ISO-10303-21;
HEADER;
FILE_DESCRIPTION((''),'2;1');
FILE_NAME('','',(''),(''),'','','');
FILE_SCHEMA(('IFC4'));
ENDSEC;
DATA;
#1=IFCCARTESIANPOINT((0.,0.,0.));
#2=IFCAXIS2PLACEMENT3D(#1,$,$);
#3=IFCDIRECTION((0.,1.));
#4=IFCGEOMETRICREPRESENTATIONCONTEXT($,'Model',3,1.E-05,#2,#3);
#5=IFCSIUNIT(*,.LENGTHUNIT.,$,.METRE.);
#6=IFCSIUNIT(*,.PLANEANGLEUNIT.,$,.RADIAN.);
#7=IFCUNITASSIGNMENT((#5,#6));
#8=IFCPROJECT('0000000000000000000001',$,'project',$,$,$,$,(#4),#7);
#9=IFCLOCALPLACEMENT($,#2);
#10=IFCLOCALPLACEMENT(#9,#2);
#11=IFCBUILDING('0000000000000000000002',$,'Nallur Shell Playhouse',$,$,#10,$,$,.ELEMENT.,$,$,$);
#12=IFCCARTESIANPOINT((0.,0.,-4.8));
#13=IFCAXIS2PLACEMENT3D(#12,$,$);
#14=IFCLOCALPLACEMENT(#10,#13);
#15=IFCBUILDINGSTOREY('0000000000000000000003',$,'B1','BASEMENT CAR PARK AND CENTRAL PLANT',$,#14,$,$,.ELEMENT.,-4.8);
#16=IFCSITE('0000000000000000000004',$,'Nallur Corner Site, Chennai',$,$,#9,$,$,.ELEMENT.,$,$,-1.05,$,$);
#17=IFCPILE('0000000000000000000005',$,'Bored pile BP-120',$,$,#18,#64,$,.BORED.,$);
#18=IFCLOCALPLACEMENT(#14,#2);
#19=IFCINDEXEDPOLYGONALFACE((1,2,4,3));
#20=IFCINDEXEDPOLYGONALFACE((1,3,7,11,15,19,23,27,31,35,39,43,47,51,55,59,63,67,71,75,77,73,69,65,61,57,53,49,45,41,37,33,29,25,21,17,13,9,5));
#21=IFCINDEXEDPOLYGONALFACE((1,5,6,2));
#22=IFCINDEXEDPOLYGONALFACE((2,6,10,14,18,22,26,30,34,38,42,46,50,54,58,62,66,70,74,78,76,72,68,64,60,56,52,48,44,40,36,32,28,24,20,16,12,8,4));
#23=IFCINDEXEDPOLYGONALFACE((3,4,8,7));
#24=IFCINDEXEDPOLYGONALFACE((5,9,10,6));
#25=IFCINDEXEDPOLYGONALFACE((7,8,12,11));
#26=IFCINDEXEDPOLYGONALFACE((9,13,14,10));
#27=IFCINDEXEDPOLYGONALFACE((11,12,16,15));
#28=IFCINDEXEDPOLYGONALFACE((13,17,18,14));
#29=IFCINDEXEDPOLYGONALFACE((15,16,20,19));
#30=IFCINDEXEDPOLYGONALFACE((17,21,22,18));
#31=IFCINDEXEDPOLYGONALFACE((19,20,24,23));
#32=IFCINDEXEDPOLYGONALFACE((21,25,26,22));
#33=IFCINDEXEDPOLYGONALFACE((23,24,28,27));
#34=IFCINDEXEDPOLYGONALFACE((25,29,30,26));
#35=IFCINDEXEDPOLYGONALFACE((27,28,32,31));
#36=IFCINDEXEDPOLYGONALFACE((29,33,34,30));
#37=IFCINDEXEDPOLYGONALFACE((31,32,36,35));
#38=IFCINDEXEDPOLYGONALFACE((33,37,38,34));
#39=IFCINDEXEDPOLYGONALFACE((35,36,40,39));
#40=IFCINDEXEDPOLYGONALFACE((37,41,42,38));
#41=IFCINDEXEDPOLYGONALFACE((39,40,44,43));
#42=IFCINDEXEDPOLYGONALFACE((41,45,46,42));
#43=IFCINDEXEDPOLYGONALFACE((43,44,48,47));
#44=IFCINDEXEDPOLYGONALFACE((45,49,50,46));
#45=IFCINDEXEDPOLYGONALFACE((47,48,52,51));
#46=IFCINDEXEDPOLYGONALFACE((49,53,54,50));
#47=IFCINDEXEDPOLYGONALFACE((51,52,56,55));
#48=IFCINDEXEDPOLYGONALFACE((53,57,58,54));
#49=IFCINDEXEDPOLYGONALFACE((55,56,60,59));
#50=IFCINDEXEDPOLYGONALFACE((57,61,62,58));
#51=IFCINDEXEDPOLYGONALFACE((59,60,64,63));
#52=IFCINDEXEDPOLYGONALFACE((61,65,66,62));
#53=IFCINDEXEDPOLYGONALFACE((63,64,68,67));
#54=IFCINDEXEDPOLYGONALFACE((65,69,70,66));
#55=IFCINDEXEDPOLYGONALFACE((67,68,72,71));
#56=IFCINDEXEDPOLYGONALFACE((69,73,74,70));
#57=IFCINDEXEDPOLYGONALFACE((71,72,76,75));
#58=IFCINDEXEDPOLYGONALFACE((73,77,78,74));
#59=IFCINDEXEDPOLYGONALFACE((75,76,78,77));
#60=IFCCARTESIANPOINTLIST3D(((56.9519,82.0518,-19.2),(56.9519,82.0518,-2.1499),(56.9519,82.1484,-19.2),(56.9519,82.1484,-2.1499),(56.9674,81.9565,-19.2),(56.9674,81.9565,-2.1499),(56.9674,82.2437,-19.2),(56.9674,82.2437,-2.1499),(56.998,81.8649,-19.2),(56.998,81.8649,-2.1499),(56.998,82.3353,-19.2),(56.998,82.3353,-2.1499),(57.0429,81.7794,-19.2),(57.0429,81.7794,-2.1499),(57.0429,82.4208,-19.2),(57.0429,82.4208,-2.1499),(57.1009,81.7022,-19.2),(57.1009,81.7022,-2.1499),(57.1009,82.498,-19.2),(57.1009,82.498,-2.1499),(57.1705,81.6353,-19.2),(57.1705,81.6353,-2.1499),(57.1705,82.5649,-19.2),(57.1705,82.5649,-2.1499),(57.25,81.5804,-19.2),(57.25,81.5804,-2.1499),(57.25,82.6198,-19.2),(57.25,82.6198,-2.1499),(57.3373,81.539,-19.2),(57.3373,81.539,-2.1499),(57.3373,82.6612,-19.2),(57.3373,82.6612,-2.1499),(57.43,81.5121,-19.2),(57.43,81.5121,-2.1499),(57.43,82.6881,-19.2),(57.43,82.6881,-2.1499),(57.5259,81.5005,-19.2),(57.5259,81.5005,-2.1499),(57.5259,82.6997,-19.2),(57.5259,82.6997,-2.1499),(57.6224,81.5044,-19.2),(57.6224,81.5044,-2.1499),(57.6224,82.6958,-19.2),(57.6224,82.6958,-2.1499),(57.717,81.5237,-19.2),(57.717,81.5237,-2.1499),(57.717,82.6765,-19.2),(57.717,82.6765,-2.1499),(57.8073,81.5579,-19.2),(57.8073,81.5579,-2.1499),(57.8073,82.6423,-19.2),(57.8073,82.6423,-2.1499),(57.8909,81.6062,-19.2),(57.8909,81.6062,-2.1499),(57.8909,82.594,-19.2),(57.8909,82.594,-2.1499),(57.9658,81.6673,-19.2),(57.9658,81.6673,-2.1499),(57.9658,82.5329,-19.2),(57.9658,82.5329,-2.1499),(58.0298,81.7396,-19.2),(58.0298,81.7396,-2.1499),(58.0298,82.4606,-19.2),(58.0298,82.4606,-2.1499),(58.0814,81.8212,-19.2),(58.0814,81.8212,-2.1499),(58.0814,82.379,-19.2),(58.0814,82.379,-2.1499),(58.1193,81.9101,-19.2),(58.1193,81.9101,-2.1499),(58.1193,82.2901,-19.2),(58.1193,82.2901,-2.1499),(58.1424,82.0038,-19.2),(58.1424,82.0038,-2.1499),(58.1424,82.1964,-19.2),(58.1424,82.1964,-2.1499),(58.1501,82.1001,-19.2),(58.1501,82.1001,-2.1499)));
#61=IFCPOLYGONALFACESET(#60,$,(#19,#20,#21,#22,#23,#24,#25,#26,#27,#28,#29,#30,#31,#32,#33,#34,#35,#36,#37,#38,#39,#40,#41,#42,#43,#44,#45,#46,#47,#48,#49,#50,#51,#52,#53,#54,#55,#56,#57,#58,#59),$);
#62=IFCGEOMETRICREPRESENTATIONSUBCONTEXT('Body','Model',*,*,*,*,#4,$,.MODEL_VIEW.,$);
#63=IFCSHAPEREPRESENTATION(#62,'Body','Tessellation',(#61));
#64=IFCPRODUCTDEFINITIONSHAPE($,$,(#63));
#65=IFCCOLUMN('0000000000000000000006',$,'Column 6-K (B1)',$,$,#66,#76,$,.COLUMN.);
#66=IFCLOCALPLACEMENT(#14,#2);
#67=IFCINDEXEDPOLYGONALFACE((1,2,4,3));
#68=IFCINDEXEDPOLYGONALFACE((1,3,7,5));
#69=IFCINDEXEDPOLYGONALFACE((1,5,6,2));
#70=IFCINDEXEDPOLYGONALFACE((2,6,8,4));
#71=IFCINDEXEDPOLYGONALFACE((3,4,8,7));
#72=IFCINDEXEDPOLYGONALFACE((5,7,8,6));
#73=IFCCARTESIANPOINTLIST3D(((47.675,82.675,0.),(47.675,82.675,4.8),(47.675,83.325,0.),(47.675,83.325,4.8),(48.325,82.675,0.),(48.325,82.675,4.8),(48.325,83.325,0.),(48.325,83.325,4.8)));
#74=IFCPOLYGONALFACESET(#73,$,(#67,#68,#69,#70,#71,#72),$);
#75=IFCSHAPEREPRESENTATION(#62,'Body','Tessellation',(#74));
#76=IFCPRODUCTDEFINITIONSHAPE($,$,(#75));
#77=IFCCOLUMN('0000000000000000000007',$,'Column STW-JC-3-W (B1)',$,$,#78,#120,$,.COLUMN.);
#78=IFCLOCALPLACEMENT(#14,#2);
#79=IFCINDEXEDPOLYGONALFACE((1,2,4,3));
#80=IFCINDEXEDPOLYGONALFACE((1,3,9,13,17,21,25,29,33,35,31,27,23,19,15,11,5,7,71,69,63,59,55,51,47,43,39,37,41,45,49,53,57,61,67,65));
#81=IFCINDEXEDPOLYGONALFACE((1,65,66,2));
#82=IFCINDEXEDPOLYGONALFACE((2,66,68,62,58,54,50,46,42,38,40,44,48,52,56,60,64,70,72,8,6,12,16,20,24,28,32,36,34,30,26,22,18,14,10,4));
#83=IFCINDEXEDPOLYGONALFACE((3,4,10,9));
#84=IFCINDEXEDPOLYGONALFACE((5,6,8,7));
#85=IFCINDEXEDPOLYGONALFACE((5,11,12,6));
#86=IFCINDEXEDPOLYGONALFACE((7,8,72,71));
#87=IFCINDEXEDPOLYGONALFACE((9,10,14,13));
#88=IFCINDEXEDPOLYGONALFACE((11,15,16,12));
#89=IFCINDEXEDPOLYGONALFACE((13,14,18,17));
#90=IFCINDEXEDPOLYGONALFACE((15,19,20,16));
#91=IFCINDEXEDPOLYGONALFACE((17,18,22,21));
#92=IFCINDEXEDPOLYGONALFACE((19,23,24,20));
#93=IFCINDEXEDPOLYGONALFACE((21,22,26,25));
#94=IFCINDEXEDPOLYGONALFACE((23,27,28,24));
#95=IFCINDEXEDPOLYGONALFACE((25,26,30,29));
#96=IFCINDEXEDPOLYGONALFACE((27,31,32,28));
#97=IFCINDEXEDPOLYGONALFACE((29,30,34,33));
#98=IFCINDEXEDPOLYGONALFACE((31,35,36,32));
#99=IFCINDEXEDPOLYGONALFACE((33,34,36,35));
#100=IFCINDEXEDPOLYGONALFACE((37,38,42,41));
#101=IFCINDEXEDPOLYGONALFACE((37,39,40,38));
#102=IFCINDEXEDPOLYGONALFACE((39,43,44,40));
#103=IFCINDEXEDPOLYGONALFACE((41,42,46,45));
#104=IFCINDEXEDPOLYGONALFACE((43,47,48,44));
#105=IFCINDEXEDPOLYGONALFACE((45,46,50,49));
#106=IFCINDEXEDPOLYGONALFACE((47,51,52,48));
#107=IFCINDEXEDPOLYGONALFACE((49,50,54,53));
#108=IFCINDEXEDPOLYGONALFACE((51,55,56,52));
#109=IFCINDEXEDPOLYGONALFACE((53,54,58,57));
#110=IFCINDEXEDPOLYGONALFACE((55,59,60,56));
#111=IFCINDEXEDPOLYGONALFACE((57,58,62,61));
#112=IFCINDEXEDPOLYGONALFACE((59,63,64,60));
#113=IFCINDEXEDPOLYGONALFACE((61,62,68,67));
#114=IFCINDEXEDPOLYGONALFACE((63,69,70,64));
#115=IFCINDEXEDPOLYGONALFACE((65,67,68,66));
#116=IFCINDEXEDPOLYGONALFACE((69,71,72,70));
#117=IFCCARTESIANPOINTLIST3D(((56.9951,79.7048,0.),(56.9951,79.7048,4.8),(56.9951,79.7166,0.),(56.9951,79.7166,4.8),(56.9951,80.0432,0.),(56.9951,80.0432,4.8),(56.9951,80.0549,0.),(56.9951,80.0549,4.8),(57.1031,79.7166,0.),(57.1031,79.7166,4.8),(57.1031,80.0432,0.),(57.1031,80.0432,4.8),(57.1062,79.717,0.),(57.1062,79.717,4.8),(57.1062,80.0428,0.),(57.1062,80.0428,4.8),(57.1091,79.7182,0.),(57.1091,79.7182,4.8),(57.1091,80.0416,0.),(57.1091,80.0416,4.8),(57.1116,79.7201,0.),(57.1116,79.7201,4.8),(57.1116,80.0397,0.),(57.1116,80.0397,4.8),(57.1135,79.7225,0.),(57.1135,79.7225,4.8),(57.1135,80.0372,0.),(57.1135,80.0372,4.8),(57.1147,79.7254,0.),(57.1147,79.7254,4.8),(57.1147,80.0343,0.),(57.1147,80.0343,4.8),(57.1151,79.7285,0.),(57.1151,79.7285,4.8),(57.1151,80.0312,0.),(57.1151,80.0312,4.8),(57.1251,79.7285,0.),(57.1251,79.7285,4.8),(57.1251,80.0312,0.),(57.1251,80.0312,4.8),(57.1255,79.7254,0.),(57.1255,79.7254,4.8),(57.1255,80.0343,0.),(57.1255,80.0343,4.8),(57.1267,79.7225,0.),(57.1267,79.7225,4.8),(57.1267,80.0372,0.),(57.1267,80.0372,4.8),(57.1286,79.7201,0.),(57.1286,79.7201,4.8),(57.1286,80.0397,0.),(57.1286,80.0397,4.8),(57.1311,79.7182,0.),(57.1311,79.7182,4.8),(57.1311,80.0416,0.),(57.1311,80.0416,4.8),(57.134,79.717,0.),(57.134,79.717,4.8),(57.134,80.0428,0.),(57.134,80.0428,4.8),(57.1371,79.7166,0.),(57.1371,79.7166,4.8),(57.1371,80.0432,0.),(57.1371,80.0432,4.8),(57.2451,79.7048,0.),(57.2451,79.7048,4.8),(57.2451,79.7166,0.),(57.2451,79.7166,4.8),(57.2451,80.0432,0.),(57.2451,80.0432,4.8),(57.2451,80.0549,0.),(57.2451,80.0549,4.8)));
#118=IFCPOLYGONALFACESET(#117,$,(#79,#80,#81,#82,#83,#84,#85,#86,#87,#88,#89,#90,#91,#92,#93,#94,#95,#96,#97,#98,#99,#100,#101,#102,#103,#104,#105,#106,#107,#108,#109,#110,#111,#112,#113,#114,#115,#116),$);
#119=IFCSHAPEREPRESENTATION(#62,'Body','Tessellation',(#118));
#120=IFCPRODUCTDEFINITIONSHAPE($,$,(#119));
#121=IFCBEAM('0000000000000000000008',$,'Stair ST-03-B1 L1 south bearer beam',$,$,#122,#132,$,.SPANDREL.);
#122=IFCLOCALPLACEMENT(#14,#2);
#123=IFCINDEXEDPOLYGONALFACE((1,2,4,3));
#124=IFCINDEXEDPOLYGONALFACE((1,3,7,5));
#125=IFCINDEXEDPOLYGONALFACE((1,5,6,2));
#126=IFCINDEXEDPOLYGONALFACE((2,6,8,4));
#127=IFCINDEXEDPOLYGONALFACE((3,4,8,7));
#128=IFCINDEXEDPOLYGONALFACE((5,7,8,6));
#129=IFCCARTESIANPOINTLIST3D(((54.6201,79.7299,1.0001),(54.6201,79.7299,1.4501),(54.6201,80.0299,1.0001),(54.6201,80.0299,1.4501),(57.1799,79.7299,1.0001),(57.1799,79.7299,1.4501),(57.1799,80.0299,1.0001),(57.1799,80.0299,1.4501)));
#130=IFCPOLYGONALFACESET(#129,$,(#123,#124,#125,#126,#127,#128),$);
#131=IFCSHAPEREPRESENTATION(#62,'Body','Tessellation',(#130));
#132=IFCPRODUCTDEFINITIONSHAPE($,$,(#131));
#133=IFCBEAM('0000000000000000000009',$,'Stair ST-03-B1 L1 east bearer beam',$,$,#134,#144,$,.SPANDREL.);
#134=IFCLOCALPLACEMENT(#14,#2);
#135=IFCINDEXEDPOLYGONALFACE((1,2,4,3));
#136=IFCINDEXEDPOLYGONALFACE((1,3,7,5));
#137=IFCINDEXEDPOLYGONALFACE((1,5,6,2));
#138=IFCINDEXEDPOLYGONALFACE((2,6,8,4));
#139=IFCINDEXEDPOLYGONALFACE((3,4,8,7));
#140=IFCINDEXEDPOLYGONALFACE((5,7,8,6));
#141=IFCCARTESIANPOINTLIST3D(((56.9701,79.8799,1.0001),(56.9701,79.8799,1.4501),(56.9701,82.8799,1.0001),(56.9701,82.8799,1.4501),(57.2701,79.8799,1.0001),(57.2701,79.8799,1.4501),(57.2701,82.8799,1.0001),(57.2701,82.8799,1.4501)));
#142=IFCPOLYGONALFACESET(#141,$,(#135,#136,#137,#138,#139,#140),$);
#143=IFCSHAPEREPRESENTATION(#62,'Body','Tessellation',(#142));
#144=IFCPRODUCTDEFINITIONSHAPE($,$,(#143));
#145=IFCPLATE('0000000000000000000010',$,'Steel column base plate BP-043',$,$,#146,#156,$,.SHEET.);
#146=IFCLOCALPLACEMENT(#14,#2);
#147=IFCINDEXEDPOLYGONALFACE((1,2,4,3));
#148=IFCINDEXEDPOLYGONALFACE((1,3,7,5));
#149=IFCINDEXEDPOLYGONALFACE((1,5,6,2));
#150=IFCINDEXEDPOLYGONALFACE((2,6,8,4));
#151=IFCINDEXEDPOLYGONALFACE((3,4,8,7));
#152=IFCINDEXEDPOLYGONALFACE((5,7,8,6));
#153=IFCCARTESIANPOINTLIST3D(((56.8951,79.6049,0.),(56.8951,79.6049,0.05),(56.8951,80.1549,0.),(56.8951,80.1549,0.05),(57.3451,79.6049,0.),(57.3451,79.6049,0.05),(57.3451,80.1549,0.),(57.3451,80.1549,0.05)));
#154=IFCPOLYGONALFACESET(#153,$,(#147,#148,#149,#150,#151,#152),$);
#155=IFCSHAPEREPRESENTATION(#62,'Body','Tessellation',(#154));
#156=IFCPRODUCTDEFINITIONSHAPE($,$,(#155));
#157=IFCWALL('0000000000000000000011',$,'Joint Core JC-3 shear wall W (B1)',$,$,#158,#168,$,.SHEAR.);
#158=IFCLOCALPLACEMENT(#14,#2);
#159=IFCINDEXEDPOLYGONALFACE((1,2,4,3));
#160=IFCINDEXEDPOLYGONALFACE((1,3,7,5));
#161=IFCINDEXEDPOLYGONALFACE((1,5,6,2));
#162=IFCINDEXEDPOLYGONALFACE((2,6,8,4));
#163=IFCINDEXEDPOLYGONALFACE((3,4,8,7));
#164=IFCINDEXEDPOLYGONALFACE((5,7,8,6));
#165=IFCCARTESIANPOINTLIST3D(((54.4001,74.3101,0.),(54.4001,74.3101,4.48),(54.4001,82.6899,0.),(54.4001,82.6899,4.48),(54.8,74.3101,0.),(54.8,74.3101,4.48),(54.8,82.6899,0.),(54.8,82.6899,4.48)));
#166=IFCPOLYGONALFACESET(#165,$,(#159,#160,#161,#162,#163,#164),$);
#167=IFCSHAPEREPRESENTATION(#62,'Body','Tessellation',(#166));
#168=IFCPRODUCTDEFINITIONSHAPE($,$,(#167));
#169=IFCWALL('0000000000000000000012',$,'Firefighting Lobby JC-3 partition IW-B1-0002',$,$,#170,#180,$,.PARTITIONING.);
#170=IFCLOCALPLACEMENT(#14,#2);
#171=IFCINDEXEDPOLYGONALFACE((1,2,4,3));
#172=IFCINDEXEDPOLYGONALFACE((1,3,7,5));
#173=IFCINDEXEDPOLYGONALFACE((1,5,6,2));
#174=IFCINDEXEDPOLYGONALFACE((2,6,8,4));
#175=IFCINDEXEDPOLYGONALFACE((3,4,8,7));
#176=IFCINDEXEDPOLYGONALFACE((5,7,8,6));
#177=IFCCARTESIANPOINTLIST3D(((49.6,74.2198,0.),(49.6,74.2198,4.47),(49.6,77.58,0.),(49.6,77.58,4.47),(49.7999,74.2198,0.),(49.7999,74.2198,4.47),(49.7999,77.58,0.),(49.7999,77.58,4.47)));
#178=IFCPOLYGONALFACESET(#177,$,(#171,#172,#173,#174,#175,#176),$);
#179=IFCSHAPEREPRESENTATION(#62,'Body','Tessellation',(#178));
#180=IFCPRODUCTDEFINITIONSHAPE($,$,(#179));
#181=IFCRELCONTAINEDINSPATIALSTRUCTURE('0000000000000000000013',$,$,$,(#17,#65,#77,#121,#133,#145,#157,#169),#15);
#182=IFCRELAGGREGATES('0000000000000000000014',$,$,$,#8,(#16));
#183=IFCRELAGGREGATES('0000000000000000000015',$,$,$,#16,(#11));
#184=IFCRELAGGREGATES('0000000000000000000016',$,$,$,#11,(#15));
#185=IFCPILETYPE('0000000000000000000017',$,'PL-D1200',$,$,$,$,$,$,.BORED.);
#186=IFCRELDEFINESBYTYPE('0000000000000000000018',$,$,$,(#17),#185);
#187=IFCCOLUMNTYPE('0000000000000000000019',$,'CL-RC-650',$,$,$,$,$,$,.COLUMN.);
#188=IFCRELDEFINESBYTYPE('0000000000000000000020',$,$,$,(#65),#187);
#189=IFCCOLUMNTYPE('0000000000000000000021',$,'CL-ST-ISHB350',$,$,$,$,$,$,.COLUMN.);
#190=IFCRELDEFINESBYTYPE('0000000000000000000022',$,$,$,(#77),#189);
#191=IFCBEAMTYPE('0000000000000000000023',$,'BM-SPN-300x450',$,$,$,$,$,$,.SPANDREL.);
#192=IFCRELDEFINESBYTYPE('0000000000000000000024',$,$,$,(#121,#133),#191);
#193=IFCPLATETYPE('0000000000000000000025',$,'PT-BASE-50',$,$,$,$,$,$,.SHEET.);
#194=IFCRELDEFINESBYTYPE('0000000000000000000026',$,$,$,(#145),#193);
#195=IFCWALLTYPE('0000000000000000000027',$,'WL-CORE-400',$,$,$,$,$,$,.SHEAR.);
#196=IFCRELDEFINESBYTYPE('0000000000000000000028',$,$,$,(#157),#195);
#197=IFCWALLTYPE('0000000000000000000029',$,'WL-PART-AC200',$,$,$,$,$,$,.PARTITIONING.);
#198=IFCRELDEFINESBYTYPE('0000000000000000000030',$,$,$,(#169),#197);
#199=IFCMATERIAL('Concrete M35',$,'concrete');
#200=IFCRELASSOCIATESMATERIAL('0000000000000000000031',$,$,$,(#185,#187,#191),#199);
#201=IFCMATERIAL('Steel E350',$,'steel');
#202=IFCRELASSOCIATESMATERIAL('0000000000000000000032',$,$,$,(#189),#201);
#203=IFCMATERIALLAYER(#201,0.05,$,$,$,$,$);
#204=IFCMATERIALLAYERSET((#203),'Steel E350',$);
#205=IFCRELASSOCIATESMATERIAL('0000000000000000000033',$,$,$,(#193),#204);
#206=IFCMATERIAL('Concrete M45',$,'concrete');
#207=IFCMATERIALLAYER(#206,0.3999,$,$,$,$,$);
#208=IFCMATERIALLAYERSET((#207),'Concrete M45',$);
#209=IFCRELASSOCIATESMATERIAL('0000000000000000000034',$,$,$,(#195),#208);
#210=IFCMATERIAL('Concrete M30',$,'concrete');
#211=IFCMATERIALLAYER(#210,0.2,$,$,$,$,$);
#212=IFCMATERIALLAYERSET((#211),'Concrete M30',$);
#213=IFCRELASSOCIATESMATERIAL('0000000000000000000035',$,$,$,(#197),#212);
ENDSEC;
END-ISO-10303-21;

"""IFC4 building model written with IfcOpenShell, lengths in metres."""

from ifc_helpers import new_model, si_unit, direction, frame, frame_2d, origin, origin_2d, place, context, subcontext, project, spatial, rectangle, circle, i_section, extrude, material, layer, layer_set, material_profile, profile_set, type_object, element, save


model = new_model("IFC4")

# Units and contexts
model_context = context("Model", 3, precision=1e-05, world=origin(), true_north=direction((0.0, 1.0)))
body_context = subcontext(model_context, "Body", "Model", "MODEL_VIEW")
ifc_project = project(units=[si_unit("LENGTHUNIT", "METRE"), si_unit("PLANEANGLEUNIT", "RADIAN")], contexts=[model_context])

# Site, building, storey
site_placement = place(None, origin())
site = spatial("IfcSite", under=ifc_project, at=site_placement, Name="Nallur Corner Site, Chennai", CompositionType="ELEMENT", RefElevation=-1.05)
building_placement = place(site_placement, origin())
building = spatial("IfcBuilding", under=site, at=building_placement, Name="Nallur Shell Playhouse", CompositionType="ELEMENT")
storey_placement = place(building_placement, frame((0.0, 0.0, -4.8)))
storey = spatial("IfcBuildingStorey", under=building, at=storey_placement, Name="B1", Description="BASEMENT CAR PARK AND CENTRAL PLANT", CompositionType="ELEMENT", Elevation=-4.8)

# Shared definitions
ifc_material_1 = material(Name="Concrete M35", Category="concrete")

# Pile
ifc_material_profile_1 = material_profile(ifc_material_1, circle(Radius=0.6001, at=origin_2d()), Name="BORED PILE D1200")
ifc_profile_set_1 = profile_set([ifc_material_profile_1], Name="Concrete M35")
pile_type = type_object("IfcPileType", Name="PL-D1200", PredefinedType="BORED", material=ifc_profile_set_1)
for number, where, z_axis, x_axis, name in (
    (1, (57.55, 82.1001, -2.1499), (0.0, 0.0, -1.0), (1.0, 0.0, 0.0), "Bored pile BP-120"),
):
    element("IfcPile", number, at=place(storey_placement, frame(where, z_axis=z_axis, x_axis=x_axis)), inside=storey, type_object=pile_type, Name=name, PredefinedType="BORED", context=body_context, shape_type="SweptSolid", body=[
        extrude(circle(Radius=0.6001, at=origin_2d()), origin(), (0.0, 0.0, 1.0), 17.05),
    ])

# Columns
ifc_material_profile_2 = material_profile(ifc_material_1, rectangle(XDim=0.6499, YDim=0.6499, at=origin_2d()), Name="RC 650x650")
ifc_profile_set_2 = profile_set([ifc_material_profile_2], Name="Concrete M35")
column_type_1 = type_object("IfcColumnType", Name="CL-RC-650", PredefinedType="COLUMN", material=ifc_profile_set_2)
column_1_placement = place(storey_placement, frame((48.0, 83.0, 0.0), z_axis=(0.0, 0.0, 1.0), x_axis=(1.0, 0.0, 0.0)))
element("IfcColumn", 2, at=column_1_placement, inside=storey, type_object=column_type_1, Name="Column 6-K (B1)", PredefinedType="COLUMN", context=body_context, shape_type="SweptSolid", body=[
    extrude(rectangle(XDim=0.6499, YDim=0.6499, at=origin_2d()), origin(), (0.0, 0.0, 1.0), 4.8),
])
ifc_material_2 = material(Name="Steel E350", Category="steel")
ifc_material_profile_3 = material_profile(ifc_material_2, i_section(OverallWidth=0.25, OverallDepth=0.3501, WebThickness=0.01, FlangeThickness=0.0117, FilletRadius=0.012, at=origin_2d()), Name="ISHB 350")
ifc_profile_set_3 = profile_set([ifc_material_profile_3], Name="Steel E350")
column_type_2 = type_object("IfcColumnType", Name="CL-ST-ISHB350", PredefinedType="COLUMN", material=ifc_profile_set_3)
column_2_placement = place(storey_placement, frame((57.1201, 79.8799, 0.0), z_axis=(0.0, 0.0, 1.0), x_axis=(1.0, 0.0, 0.0)))
element("IfcColumn", 3, at=column_2_placement, inside=storey, type_object=column_type_2, Name="Column STW-JC-3-W (B1)", PredefinedType="COLUMN", context=body_context, shape_type="SweptSolid", body=[
    extrude(i_section(OverallWidth=0.25, OverallDepth=0.3501, WebThickness=0.01, FlangeThickness=0.0117, FilletRadius=0.012, at=origin_2d()), origin(), (0.0, 0.0, 1.0), 4.8),
])

# Beams
ifc_material_profile_4 = material_profile(ifc_material_1, rectangle(XDim=0.3, YDim=0.45, at=origin_2d()), Name="RC 300x450")
ifc_profile_set_4 = profile_set([ifc_material_profile_4], Name="Concrete M35")
beam_type = type_object("IfcBeamType", Name="BM-SPN-300x450", PredefinedType="SPANDREL", material=ifc_profile_set_4)
beam_1_placement = place(storey_placement, frame((54.6201, 79.8799, 1.2251), z_axis=(1.0, 0.0, 0.0), x_axis=(0.0, 1.0, 0.0)))
element("IfcBeam", 4, at=beam_1_placement, inside=storey, type_object=beam_type, Name="Stair ST-03-B1 L1 south bearer beam", PredefinedType="SPANDREL", context=body_context, shape_type="SweptSolid", body=[
    extrude(rectangle(XDim=0.3, YDim=0.45, at=origin_2d()), origin(), (0.0, 0.0, 1.0), 2.5598),
])
beam_2_placement = place(storey_placement, frame((57.1201, 79.8799, 1.2251), z_axis=(0.0, 1.0, 0.0), x_axis=(-1.0, 0.0, 0.0)))
element("IfcBeam", 5, at=beam_2_placement, inside=storey, type_object=beam_type, Name="Stair ST-03-B1 L1 east bearer beam", PredefinedType="SPANDREL", context=body_context, shape_type="SweptSolid", body=[
    extrude(rectangle(XDim=0.3, YDim=0.45, at=origin_2d()), origin(), (0.0, 0.0, 1.0), 3.0),
])

# Plate
ifc_layer_1 = layer(ifc_material_2, 0.05)
ifc_layer_set_1 = layer_set([ifc_layer_1], Name="Steel E350")
plate_type = type_object("IfcPlateType", Name="PT-BASE-50", PredefinedType="SHEET", material=ifc_layer_set_1)
plate_placement = place(storey_placement, frame((57.1201, 79.8799, 0.0), z_axis=(0.0, 0.0, 1.0), x_axis=(1.0, 0.0, 0.0)))
element("IfcPlate", 6, at=plate_placement, inside=storey, type_object=plate_type, Name="Steel column base plate BP-043", PredefinedType="SHEET", context=body_context, shape_type="SweptSolid", body=[
    extrude(rectangle(XDim=0.45, YDim=0.55, at=origin_2d()), origin(), (0.0, 0.0, 1.0), 0.05),
])

# Walls
ifc_material_3 = material(Name="Concrete M45", Category="concrete")
ifc_layer_2 = layer(ifc_material_3, 0.3999)
ifc_layer_set_2 = layer_set([ifc_layer_2], Name="Concrete M45")
wall_type_1 = type_object("IfcWallType", Name="WL-CORE-400", PredefinedType="SHEAR", material=ifc_layer_set_2)
wall_1_placement = place(storey_placement, frame((54.6001, 82.6899, 0.0), z_axis=(0.0, 0.0, 1.0), x_axis=(0.0, -1.0, 0.0)))
element("IfcWall", 7, at=wall_1_placement, inside=storey, type_object=wall_type_1, Name="Joint Core JC-3 shear wall W (B1)", PredefinedType="SHEAR", context=body_context, shape_type="SweptSolid", body=[
    extrude(rectangle(XDim=8.3799, YDim=0.3999, at=frame_2d((4.1899, 0.0))), origin(), (0.0, 0.0, 1.0), 4.48),
])
ifc_material_4 = material(Name="Concrete M30", Category="concrete")
ifc_layer_3 = layer(ifc_material_4, 0.2)
ifc_layer_set_3 = layer_set([ifc_layer_3], Name="Concrete M30")
wall_type_2 = type_object("IfcWallType", Name="WL-PART-AC200", PredefinedType="PARTITIONING", material=ifc_layer_set_3)
wall_2_placement = place(storey_placement, frame((49.7, 77.5801, 0.0), z_axis=(0.0, 0.0, 1.0), x_axis=(0.0, -1.0, 0.0)))
element("IfcWall", 8, at=wall_2_placement, inside=storey, type_object=wall_type_2, Name="Firefighting Lobby JC-3 partition IW-B1-0002", PredefinedType="PARTITIONING", context=body_context, shape_type="SweptSolid", body=[
    extrude(rectangle(XDim=3.3601, YDim=0.2, at=frame_2d((1.6802, 0.0))), origin(), (0.0, 0.0, 1.0), 4.47),
])

save(model, "model.ifc")
